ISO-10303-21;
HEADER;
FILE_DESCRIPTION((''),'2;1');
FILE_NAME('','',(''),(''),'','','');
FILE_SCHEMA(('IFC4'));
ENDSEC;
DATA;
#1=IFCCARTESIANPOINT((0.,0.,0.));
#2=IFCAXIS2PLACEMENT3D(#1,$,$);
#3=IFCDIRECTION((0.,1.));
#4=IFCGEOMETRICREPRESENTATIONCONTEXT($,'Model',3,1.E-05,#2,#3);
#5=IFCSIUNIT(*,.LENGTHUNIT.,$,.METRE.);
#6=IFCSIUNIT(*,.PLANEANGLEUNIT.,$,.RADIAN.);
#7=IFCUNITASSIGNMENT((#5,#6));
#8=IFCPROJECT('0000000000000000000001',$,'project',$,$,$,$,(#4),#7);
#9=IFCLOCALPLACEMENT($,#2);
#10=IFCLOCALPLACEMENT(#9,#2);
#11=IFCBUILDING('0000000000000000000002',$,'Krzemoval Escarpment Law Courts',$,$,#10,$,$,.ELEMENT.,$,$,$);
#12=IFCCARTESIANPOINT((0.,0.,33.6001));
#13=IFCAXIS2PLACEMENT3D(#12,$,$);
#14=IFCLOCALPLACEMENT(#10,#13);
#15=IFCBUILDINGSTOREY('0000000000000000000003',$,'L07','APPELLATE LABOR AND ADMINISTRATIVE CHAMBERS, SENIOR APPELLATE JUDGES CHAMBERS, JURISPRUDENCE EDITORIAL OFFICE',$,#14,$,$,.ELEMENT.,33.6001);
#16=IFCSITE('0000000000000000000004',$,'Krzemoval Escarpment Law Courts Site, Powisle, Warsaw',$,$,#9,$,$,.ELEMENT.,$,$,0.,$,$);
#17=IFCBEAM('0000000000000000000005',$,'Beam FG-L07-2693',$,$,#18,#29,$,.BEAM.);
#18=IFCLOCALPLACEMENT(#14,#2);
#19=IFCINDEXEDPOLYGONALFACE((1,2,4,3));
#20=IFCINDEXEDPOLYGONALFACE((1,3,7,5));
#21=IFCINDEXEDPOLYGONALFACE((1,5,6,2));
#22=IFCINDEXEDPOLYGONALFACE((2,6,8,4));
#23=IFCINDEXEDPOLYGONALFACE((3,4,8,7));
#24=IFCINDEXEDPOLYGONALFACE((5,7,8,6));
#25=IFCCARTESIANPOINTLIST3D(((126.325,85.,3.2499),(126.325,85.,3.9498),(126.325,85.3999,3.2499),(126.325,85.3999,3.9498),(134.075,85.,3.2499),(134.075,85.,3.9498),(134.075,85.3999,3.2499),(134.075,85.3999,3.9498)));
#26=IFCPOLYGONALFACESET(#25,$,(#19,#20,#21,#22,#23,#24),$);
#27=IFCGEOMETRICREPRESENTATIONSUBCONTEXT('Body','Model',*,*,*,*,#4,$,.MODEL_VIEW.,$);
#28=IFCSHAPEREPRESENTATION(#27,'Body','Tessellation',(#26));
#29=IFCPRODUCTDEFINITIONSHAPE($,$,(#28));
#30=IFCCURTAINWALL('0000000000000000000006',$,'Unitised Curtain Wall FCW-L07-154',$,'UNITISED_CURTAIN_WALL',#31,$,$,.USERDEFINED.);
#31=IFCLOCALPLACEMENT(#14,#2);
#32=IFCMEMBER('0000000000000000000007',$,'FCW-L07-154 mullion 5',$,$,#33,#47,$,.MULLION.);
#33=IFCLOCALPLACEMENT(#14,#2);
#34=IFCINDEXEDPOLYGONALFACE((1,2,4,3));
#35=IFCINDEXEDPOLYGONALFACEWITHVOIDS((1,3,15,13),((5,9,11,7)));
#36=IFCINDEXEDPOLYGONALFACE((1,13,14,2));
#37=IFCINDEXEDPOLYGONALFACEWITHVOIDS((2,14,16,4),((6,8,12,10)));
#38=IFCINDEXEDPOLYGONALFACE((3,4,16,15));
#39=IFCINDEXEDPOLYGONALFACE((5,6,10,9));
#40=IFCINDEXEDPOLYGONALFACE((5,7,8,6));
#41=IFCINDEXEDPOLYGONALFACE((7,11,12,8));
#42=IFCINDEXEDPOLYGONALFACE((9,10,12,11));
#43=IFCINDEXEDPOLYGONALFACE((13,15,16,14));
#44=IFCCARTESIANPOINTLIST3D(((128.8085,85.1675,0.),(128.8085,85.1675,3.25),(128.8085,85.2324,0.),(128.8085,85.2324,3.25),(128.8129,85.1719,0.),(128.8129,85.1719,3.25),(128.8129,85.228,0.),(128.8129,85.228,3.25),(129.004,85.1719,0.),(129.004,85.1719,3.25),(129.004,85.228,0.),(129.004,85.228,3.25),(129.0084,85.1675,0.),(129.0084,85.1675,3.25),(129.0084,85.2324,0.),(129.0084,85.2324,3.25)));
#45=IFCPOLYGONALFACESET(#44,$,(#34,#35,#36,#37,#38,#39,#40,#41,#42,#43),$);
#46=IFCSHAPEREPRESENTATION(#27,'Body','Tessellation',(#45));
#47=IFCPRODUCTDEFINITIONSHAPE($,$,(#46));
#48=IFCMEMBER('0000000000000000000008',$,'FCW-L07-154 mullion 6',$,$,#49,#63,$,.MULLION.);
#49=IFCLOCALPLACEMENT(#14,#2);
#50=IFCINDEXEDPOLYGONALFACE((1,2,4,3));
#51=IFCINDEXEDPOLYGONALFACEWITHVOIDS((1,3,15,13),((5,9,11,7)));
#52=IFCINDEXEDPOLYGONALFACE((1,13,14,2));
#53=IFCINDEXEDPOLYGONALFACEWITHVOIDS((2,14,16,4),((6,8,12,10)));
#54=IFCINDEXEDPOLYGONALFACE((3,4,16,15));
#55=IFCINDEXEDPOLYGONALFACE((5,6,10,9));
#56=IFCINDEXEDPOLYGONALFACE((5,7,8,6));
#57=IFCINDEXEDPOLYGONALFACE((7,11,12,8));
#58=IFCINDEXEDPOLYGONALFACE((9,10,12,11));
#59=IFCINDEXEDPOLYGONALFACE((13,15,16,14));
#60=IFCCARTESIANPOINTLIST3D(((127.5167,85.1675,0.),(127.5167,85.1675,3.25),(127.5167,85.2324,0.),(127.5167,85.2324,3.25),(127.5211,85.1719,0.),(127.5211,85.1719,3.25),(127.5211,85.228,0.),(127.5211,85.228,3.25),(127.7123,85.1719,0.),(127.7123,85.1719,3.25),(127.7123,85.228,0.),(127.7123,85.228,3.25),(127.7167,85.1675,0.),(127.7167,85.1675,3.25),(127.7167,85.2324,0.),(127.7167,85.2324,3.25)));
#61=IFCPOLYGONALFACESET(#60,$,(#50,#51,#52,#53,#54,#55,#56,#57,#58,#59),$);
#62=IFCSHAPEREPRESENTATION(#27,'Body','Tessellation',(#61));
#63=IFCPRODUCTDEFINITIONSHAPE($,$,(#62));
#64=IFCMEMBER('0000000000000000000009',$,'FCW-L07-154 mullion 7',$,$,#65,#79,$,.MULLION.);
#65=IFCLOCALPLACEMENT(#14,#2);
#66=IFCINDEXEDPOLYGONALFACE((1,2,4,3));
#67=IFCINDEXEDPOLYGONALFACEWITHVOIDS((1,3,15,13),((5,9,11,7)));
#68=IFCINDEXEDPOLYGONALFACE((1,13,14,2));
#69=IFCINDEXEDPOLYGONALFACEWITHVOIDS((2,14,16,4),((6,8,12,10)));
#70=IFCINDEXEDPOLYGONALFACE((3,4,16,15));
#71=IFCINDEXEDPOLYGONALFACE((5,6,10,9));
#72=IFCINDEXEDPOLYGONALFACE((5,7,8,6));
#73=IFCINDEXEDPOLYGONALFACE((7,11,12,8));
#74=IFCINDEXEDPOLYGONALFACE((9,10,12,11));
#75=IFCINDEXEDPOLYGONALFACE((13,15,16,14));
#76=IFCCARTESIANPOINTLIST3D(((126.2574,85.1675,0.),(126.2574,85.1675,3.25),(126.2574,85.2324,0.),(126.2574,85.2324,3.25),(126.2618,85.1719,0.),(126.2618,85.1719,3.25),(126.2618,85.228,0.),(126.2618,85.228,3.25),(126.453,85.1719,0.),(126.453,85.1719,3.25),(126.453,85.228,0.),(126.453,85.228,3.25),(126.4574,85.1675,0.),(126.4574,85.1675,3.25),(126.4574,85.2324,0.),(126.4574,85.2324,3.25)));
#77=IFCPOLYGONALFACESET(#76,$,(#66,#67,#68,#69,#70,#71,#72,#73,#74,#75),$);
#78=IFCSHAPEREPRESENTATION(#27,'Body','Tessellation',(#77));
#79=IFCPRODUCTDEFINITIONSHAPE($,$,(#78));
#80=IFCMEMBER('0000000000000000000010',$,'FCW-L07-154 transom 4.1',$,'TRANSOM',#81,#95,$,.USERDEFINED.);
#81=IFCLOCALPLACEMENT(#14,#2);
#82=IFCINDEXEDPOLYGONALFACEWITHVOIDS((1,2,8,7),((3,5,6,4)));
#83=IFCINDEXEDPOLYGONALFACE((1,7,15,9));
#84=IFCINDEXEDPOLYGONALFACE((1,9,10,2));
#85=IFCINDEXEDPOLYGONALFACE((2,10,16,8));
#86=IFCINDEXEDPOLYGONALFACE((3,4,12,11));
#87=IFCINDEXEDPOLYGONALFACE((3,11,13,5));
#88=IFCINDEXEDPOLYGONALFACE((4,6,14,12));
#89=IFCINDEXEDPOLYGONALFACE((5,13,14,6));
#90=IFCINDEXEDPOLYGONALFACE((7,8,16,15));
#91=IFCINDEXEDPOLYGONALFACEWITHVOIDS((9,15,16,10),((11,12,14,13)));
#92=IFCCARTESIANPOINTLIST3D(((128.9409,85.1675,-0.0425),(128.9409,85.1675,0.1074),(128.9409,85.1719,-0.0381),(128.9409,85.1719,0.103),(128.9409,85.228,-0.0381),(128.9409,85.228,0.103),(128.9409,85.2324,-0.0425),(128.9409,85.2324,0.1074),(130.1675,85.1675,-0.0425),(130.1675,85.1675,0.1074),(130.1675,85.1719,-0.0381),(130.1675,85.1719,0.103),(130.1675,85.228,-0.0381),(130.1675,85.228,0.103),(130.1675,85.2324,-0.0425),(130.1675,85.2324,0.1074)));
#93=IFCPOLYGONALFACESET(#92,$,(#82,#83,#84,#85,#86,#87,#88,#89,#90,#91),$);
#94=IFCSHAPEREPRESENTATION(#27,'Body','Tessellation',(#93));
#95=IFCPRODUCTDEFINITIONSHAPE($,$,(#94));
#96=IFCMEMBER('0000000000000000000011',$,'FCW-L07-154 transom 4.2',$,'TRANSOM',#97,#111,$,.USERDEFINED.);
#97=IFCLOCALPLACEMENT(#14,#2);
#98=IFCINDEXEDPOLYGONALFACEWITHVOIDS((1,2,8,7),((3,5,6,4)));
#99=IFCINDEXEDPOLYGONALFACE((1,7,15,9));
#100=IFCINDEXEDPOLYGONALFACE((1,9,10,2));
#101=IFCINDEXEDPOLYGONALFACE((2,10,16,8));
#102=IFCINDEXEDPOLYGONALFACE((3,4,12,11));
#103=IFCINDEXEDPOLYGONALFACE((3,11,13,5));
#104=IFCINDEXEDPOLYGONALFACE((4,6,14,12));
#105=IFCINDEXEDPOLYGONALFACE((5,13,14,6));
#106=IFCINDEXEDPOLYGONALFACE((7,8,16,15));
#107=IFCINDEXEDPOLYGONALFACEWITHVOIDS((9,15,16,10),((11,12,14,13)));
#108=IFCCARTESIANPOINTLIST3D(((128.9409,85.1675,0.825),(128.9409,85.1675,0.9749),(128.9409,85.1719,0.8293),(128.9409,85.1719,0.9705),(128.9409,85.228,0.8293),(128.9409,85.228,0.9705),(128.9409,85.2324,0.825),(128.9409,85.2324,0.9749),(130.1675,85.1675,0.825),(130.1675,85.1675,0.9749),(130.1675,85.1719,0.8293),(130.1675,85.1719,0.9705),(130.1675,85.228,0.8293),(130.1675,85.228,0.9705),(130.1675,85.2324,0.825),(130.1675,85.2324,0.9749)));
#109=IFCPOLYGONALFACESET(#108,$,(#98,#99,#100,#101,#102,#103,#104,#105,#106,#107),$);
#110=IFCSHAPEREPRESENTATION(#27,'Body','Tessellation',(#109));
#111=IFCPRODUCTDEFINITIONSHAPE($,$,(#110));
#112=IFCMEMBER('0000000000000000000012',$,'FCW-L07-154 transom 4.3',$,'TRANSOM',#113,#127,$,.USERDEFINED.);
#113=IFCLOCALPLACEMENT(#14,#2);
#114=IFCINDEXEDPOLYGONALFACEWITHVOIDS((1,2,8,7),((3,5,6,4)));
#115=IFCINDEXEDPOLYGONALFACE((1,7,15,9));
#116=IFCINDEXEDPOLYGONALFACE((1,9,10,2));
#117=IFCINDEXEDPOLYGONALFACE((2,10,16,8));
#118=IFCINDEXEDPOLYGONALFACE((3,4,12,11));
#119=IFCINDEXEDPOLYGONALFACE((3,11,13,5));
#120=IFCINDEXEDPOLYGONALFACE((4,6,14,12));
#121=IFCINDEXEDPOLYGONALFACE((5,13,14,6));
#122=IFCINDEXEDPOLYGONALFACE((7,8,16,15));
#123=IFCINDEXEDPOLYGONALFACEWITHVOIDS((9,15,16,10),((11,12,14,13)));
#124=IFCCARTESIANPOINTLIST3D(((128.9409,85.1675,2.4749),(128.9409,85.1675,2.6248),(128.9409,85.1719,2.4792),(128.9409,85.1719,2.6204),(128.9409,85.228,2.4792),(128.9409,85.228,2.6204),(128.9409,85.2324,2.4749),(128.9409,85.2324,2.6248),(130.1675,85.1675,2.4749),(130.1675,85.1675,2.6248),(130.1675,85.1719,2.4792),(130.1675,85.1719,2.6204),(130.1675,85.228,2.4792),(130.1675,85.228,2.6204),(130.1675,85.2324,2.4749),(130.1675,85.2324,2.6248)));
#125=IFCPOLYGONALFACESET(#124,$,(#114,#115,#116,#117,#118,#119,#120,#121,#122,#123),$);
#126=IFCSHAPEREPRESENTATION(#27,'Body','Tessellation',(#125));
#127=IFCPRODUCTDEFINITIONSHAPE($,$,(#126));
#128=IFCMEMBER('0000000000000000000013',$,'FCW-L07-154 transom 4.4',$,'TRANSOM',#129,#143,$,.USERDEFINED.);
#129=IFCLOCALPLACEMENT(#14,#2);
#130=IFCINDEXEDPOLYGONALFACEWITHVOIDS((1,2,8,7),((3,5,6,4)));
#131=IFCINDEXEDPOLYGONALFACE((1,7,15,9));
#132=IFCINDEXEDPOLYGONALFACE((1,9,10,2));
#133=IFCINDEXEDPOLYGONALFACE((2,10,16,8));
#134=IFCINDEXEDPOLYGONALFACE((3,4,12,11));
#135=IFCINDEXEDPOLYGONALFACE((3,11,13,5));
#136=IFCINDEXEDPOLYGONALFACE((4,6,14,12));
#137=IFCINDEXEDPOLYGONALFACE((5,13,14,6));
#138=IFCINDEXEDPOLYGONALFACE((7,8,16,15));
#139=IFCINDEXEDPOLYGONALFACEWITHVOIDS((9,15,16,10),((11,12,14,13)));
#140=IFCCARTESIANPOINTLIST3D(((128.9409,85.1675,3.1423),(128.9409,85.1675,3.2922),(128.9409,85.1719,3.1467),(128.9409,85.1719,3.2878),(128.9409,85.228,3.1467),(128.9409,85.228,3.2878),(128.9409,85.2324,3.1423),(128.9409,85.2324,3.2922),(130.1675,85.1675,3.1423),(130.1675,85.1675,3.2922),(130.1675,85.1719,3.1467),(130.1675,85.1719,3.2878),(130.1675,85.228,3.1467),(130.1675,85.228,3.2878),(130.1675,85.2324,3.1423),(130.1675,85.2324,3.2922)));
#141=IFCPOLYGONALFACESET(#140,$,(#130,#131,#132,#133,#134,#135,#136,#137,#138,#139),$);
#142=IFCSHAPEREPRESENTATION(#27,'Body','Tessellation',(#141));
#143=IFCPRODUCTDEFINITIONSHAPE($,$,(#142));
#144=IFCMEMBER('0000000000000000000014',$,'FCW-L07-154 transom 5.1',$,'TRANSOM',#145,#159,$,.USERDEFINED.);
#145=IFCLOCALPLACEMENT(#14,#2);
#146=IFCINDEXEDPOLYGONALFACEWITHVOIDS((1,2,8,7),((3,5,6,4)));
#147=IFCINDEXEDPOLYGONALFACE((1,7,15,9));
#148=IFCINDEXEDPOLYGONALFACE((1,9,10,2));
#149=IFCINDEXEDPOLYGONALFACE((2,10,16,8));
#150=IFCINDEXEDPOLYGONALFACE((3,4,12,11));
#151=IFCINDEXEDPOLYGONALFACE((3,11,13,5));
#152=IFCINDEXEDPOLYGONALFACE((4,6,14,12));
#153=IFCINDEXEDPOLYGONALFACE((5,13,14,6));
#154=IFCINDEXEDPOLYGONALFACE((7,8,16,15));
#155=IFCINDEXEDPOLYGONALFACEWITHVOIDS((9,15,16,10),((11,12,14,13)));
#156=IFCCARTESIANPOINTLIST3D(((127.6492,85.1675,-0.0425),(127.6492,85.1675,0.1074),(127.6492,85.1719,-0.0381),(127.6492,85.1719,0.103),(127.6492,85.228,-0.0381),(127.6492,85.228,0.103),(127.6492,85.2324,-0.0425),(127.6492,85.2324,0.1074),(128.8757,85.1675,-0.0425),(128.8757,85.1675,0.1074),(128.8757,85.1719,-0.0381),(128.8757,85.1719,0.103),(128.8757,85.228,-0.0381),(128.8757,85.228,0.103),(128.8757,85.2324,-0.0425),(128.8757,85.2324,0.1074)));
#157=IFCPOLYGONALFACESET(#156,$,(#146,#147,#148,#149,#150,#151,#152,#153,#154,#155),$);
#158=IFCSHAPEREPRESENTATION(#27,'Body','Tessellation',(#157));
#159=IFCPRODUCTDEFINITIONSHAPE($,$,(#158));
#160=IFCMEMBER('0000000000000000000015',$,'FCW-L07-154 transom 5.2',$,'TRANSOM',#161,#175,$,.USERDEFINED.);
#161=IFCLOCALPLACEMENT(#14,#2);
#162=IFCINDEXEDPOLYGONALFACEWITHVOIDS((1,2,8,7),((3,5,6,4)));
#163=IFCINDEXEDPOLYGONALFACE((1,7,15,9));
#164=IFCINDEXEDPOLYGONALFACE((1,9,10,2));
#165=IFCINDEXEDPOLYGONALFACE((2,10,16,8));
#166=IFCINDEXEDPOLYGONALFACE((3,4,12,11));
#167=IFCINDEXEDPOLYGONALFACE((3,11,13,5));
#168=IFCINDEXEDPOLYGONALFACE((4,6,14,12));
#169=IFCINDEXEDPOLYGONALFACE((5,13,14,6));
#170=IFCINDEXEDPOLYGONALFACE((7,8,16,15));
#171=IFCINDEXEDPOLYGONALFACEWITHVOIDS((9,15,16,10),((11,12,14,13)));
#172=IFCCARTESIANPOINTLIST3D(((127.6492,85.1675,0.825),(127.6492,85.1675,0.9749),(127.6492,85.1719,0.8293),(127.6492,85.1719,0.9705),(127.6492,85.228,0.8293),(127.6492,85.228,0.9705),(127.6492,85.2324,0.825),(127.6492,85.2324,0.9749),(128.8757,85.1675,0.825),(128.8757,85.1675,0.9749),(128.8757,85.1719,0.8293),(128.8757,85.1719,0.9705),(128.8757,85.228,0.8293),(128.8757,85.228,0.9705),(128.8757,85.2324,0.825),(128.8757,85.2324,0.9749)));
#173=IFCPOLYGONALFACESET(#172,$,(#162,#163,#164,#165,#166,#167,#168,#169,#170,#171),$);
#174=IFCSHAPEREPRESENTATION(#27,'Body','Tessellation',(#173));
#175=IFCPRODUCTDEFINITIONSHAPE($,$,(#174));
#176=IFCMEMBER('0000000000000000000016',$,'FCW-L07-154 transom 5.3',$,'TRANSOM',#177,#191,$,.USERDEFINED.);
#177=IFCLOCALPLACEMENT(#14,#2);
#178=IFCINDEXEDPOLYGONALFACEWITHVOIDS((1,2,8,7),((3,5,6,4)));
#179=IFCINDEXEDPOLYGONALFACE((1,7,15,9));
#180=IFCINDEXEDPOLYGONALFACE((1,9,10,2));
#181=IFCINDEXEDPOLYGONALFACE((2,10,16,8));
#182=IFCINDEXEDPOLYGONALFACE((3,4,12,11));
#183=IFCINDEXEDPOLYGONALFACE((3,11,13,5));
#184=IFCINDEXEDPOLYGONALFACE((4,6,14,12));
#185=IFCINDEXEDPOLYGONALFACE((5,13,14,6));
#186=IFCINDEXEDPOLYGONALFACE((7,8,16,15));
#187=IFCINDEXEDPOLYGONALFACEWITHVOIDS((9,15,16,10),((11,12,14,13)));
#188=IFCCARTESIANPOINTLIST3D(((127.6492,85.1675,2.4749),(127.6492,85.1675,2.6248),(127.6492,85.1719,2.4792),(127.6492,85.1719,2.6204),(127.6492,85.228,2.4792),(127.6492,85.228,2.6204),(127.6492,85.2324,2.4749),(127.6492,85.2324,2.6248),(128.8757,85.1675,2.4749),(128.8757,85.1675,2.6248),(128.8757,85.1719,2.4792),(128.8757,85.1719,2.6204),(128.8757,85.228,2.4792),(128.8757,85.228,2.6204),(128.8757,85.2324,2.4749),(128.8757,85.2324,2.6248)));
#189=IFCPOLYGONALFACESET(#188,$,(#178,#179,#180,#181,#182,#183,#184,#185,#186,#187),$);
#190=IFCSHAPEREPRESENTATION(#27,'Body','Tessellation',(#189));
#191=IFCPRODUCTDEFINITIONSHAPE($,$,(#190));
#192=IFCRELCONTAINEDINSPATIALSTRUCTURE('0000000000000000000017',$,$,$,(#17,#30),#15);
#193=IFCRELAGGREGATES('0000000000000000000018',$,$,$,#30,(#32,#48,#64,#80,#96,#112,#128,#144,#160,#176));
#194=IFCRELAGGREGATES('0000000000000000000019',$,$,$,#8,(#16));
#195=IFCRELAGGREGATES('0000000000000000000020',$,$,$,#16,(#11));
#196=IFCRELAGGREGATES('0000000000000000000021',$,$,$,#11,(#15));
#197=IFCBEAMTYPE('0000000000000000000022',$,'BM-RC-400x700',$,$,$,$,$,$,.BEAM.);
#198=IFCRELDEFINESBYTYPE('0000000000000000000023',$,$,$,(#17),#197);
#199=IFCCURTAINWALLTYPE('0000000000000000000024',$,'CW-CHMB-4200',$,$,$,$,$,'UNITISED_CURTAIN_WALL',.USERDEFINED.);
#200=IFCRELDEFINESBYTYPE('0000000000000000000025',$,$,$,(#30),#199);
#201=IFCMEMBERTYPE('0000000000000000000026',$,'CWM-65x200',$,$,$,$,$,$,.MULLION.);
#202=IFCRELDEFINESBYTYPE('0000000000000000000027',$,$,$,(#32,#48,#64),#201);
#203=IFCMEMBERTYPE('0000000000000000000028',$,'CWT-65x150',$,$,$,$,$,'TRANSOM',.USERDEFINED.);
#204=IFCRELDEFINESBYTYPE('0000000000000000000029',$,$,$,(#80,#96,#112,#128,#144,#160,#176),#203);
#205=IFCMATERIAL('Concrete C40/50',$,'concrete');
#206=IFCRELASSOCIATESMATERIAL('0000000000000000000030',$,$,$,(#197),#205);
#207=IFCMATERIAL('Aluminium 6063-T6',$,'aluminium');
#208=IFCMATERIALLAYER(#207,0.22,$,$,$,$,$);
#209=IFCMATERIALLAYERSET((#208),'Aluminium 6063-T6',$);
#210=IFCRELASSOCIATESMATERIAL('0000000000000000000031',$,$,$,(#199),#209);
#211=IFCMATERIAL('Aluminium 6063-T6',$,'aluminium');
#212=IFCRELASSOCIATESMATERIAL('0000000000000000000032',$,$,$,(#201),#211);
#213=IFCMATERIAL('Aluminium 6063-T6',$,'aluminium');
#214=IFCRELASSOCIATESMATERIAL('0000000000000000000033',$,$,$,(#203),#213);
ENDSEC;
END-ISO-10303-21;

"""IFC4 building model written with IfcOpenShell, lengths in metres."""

from ifc_helpers import new_model, si_unit, direction, frame, origin, origin_2d, place, context, subcontext, project, spatial, rectangle, hollow_rectangle, extrude, material, layer, layer_set, material_profile, profile_set, type_object, element, aggregate, save


model = new_model("IFC4")

# Units and contexts
model_context = context("Model", 3, precision=1e-05, world=origin(), true_north=direction((0.0, 1.0)))
body_context = subcontext(model_context, "Body", "Model", "MODEL_VIEW")
ifc_project = project(units=[si_unit("LENGTHUNIT", "METRE"), si_unit("PLANEANGLEUNIT", "RADIAN")], contexts=[model_context])

# Site, building, storey
site_placement = place(None, origin())
site = spatial("IfcSite", under=ifc_project, at=site_placement, Name="Krzemoval Escarpment Law Courts Site, Powisle, Warsaw", CompositionType="ELEMENT", RefElevation=0.0)
building_placement = place(site_placement, origin())
building = spatial("IfcBuilding", under=site, at=building_placement, Name="Krzemoval Escarpment Law Courts", CompositionType="ELEMENT")
storey_placement = place(building_placement, frame((0.0, 0.0, 33.6001)))
storey = spatial("IfcBuildingStorey", under=building, at=storey_placement, Name="L07", Description="APPELLATE LABOR AND ADMINISTRATIVE CHAMBERS, SENIOR APPELLATE JUDGES CHAMBERS, JURISPRUDENCE EDITORIAL OFFICE", CompositionType="ELEMENT", Elevation=33.6001)

# Beam
ifc_material_1 = material(Name="Concrete C40/50", Category="concrete")
ifc_material_profile_1 = material_profile(ifc_material_1, rectangle(XDim=0.3999, YDim=0.7, at=origin_2d()), Name="RCB 400x700")
ifc_profile_set_1 = profile_set([ifc_material_profile_1], Name="Concrete C40/50")
beam_type = type_object("IfcBeamType", Name="BM-RC-400x700", PredefinedType="BEAM", material=ifc_profile_set_1)
beam_placement = place(storey_placement, frame((126.325, 85.2, 3.5999), z_axis=(1.0, 0.0, 0.0), x_axis=(0.0, 1.0, 0.0)))
element("IfcBeam", 1, at=beam_placement, inside=storey, type_object=beam_type, Name="Beam FG-L07-2693", PredefinedType="BEAM", context=body_context, shape_type="SweptSolid", body=[
    extrude(rectangle(XDim=0.3999, YDim=0.7, at=origin_2d()), origin(), (0.0, 0.0, 1.0), 7.75),
])

# Curtain wall, members
ifc_material_2 = material(Name="Aluminium 6063-T6", Category="aluminium")
ifc_layer_1 = layer(ifc_material_2, 0.22)
ifc_layer_set_1 = layer_set([ifc_layer_1], Name="Aluminium 6063-T6")
curtain_wall_type = type_object("IfcCurtainWallType", Name="CW-CHMB-4200", ElementType="UNITISED_CURTAIN_WALL", PredefinedType="USERDEFINED", material=ifc_layer_set_1)
curtain_wall_placement = place(storey_placement, origin())
curtain_wall = element("IfcCurtainWall", 2, at=curtain_wall_placement, inside=storey, type_object=curtain_wall_type, Name="Unitised Curtain Wall FCW-L07-154", ObjectType="UNITISED_CURTAIN_WALL", PredefinedType="USERDEFINED")
ifc_material_3 = material(Name="Aluminium 6063-T6", Category="aluminium")
ifc_material_profile_2 = material_profile(ifc_material_3, hollow_rectangle(XDim=0.0649, YDim=0.2, WallThickness=0.0044, at=origin_2d()), Name="ALU M65x200")
ifc_profile_set_2 = profile_set([ifc_material_profile_2], Name="Aluminium 6063-T6")
member_type_1 = type_object("IfcMemberType", Name="CWM-65x200", PredefinedType="MULLION", material=ifc_profile_set_2)
member_1_placement = place(storey_placement, frame((128.9084, 85.2, 0.0), z_axis=(0.0, 0.0, 1.0), x_axis=(0.0, -1.0, 0.0)))
member_1 = element("IfcMember", 3, at=member_1_placement, type_object=member_type_1, Name="FCW-L07-154 mullion 5", PredefinedType="MULLION", context=body_context, shape_type="SweptSolid", body=[
    extrude(hollow_rectangle(XDim=0.0649, YDim=0.2, WallThickness=0.0044, at=origin_2d()), origin(), (0.0, 0.0, 1.0), 3.25),
])
member_2_placement = place(storey_placement, frame((127.6167, 85.2, 0.0), z_axis=(0.0, 0.0, 1.0), x_axis=(0.0, -1.0, 0.0)))
member_2 = element("IfcMember", 4, at=member_2_placement, type_object=member_type_1, Name="FCW-L07-154 mullion 6", PredefinedType="MULLION", context=body_context, shape_type="SweptSolid", body=[
    extrude(hollow_rectangle(XDim=0.0649, YDim=0.2, WallThickness=0.0044, at=origin_2d()), origin(), (0.0, 0.0, 1.0), 3.25),
])
member_3_placement = place(storey_placement, frame((126.3574, 85.2, 0.0), z_axis=(0.0, 0.0, 1.0), x_axis=(0.0, -1.0, 0.0)))
member_3 = element("IfcMember", 5, at=member_3_placement, type_object=member_type_1, Name="FCW-L07-154 mullion 7", PredefinedType="MULLION", context=body_context, shape_type="SweptSolid", body=[
    extrude(hollow_rectangle(XDim=0.0649, YDim=0.2, WallThickness=0.0044, at=origin_2d()), origin(), (0.0, 0.0, 1.0), 3.25),
])
ifc_material_4 = material(Name="Aluminium 6063-T6", Category="aluminium")
ifc_material_profile_3 = material_profile(ifc_material_4, hollow_rectangle(XDim=0.0649, YDim=0.1499, WallThickness=0.0044, at=origin_2d()), Name="ALU T65x150")
ifc_profile_set_3 = profile_set([ifc_material_profile_3], Name="Aluminium 6063-T6")
member_type_2 = type_object("IfcMemberType", Name="CWT-65x150", ElementType="TRANSOM", PredefinedType="USERDEFINED", material=ifc_profile_set_3)
member_4_placement = place(storey_placement, frame((130.1675, 85.2, 0.0325), z_axis=(-1.0, 0.0, 0.0), x_axis=(0.0, -1.0, 0.0)))
member_4 = element("IfcMember", 6, at=member_4_placement, type_object=member_type_2, Name="FCW-L07-154 transom 4.1", ObjectType="TRANSOM", PredefinedType="USERDEFINED", context=body_context, shape_type="SweptSolid", body=[
    extrude(hollow_rectangle(XDim=0.0649, YDim=0.1499, WallThickness=0.0044, at=origin_2d()), origin(), (0.0, 0.0, 1.0), 1.2266),
])
member_5_placement = place(storey_placement, frame((130.1675, 85.2, 0.8999), z_axis=(-1.0, 0.0, 0.0), x_axis=(0.0, -1.0, 0.0)))
member_5 = element("IfcMember", 7, at=member_5_placement, type_object=member_type_2, Name="FCW-L07-154 transom 4.2", ObjectType="TRANSOM", PredefinedType="USERDEFINED", context=body_context, shape_type="SweptSolid", body=[
    extrude(hollow_rectangle(XDim=0.0649, YDim=0.1499, WallThickness=0.0044, at=origin_2d()), origin(), (0.0, 0.0, 1.0), 1.2266),
])
member_6_placement = place(storey_placement, frame((130.1675, 85.2, 2.5498), z_axis=(-1.0, 0.0, 0.0), x_axis=(0.0, -1.0, 0.0)))
member_6 = element("IfcMember", 8, at=member_6_placement, type_object=member_type_2, Name="FCW-L07-154 transom 4.3", ObjectType="TRANSOM", PredefinedType="USERDEFINED", context=body_context, shape_type="SweptSolid", body=[
    extrude(hollow_rectangle(XDim=0.0649, YDim=0.1499, WallThickness=0.0044, at=origin_2d()), origin(), (0.0, 0.0, 1.0), 1.2266),
])
member_7_placement = place(storey_placement, frame((130.1675, 85.2, 3.2173), z_axis=(-1.0, 0.0, 0.0), x_axis=(0.0, -1.0, 0.0)))
member_7 = element("IfcMember", 9, at=member_7_placement, type_object=member_type_2, Name="FCW-L07-154 transom 4.4", ObjectType="TRANSOM", PredefinedType="USERDEFINED", context=body_context, shape_type="SweptSolid", body=[
    extrude(hollow_rectangle(XDim=0.0649, YDim=0.1499, WallThickness=0.0044, at=origin_2d()), origin(), (0.0, 0.0, 1.0), 1.2266),
])
member_8_placement = place(storey_placement, frame((128.8757, 85.2, 0.0325), z_axis=(-1.0, 0.0, 0.0), x_axis=(0.0, -1.0, 0.0)))
member_8 = element("IfcMember", 10, at=member_8_placement, type_object=member_type_2, Name="FCW-L07-154 transom 5.1", ObjectType="TRANSOM", PredefinedType="USERDEFINED", context=body_context, shape_type="SweptSolid", body=[
    extrude(hollow_rectangle(XDim=0.0649, YDim=0.1499, WallThickness=0.0044, at=origin_2d()), origin(), (0.0, 0.0, 1.0), 1.2266),
])
member_9_placement = place(storey_placement, frame((128.8757, 85.2, 0.8999), z_axis=(-1.0, 0.0, 0.0), x_axis=(0.0, -1.0, 0.0)))
member_9 = element("IfcMember", 11, at=member_9_placement, type_object=member_type_2, Name="FCW-L07-154 transom 5.2", ObjectType="TRANSOM", PredefinedType="USERDEFINED", context=body_context, shape_type="SweptSolid", body=[
    extrude(hollow_rectangle(XDim=0.0649, YDim=0.1499, WallThickness=0.0044, at=origin_2d()), origin(), (0.0, 0.0, 1.0), 1.2266),
])
member_10_placement = place(storey_placement, frame((128.8757, 85.2, 2.5498), z_axis=(-1.0, 0.0, 0.0), x_axis=(0.0, -1.0, 0.0)))
member_10 = element("IfcMember", 12, at=member_10_placement, type_object=member_type_2, Name="FCW-L07-154 transom 5.3", ObjectType="TRANSOM", PredefinedType="USERDEFINED", context=body_context, shape_type="SweptSolid", body=[
    extrude(hollow_rectangle(XDim=0.0649, YDim=0.1499, WallThickness=0.0044, at=origin_2d()), origin(), (0.0, 0.0, 1.0), 1.2266),
])

aggregate(curtain_wall, [member_1, member_2, member_3, member_4, member_5, member_6, member_7, member_8, member_9, member_10])

save(model, "model.ifc")
